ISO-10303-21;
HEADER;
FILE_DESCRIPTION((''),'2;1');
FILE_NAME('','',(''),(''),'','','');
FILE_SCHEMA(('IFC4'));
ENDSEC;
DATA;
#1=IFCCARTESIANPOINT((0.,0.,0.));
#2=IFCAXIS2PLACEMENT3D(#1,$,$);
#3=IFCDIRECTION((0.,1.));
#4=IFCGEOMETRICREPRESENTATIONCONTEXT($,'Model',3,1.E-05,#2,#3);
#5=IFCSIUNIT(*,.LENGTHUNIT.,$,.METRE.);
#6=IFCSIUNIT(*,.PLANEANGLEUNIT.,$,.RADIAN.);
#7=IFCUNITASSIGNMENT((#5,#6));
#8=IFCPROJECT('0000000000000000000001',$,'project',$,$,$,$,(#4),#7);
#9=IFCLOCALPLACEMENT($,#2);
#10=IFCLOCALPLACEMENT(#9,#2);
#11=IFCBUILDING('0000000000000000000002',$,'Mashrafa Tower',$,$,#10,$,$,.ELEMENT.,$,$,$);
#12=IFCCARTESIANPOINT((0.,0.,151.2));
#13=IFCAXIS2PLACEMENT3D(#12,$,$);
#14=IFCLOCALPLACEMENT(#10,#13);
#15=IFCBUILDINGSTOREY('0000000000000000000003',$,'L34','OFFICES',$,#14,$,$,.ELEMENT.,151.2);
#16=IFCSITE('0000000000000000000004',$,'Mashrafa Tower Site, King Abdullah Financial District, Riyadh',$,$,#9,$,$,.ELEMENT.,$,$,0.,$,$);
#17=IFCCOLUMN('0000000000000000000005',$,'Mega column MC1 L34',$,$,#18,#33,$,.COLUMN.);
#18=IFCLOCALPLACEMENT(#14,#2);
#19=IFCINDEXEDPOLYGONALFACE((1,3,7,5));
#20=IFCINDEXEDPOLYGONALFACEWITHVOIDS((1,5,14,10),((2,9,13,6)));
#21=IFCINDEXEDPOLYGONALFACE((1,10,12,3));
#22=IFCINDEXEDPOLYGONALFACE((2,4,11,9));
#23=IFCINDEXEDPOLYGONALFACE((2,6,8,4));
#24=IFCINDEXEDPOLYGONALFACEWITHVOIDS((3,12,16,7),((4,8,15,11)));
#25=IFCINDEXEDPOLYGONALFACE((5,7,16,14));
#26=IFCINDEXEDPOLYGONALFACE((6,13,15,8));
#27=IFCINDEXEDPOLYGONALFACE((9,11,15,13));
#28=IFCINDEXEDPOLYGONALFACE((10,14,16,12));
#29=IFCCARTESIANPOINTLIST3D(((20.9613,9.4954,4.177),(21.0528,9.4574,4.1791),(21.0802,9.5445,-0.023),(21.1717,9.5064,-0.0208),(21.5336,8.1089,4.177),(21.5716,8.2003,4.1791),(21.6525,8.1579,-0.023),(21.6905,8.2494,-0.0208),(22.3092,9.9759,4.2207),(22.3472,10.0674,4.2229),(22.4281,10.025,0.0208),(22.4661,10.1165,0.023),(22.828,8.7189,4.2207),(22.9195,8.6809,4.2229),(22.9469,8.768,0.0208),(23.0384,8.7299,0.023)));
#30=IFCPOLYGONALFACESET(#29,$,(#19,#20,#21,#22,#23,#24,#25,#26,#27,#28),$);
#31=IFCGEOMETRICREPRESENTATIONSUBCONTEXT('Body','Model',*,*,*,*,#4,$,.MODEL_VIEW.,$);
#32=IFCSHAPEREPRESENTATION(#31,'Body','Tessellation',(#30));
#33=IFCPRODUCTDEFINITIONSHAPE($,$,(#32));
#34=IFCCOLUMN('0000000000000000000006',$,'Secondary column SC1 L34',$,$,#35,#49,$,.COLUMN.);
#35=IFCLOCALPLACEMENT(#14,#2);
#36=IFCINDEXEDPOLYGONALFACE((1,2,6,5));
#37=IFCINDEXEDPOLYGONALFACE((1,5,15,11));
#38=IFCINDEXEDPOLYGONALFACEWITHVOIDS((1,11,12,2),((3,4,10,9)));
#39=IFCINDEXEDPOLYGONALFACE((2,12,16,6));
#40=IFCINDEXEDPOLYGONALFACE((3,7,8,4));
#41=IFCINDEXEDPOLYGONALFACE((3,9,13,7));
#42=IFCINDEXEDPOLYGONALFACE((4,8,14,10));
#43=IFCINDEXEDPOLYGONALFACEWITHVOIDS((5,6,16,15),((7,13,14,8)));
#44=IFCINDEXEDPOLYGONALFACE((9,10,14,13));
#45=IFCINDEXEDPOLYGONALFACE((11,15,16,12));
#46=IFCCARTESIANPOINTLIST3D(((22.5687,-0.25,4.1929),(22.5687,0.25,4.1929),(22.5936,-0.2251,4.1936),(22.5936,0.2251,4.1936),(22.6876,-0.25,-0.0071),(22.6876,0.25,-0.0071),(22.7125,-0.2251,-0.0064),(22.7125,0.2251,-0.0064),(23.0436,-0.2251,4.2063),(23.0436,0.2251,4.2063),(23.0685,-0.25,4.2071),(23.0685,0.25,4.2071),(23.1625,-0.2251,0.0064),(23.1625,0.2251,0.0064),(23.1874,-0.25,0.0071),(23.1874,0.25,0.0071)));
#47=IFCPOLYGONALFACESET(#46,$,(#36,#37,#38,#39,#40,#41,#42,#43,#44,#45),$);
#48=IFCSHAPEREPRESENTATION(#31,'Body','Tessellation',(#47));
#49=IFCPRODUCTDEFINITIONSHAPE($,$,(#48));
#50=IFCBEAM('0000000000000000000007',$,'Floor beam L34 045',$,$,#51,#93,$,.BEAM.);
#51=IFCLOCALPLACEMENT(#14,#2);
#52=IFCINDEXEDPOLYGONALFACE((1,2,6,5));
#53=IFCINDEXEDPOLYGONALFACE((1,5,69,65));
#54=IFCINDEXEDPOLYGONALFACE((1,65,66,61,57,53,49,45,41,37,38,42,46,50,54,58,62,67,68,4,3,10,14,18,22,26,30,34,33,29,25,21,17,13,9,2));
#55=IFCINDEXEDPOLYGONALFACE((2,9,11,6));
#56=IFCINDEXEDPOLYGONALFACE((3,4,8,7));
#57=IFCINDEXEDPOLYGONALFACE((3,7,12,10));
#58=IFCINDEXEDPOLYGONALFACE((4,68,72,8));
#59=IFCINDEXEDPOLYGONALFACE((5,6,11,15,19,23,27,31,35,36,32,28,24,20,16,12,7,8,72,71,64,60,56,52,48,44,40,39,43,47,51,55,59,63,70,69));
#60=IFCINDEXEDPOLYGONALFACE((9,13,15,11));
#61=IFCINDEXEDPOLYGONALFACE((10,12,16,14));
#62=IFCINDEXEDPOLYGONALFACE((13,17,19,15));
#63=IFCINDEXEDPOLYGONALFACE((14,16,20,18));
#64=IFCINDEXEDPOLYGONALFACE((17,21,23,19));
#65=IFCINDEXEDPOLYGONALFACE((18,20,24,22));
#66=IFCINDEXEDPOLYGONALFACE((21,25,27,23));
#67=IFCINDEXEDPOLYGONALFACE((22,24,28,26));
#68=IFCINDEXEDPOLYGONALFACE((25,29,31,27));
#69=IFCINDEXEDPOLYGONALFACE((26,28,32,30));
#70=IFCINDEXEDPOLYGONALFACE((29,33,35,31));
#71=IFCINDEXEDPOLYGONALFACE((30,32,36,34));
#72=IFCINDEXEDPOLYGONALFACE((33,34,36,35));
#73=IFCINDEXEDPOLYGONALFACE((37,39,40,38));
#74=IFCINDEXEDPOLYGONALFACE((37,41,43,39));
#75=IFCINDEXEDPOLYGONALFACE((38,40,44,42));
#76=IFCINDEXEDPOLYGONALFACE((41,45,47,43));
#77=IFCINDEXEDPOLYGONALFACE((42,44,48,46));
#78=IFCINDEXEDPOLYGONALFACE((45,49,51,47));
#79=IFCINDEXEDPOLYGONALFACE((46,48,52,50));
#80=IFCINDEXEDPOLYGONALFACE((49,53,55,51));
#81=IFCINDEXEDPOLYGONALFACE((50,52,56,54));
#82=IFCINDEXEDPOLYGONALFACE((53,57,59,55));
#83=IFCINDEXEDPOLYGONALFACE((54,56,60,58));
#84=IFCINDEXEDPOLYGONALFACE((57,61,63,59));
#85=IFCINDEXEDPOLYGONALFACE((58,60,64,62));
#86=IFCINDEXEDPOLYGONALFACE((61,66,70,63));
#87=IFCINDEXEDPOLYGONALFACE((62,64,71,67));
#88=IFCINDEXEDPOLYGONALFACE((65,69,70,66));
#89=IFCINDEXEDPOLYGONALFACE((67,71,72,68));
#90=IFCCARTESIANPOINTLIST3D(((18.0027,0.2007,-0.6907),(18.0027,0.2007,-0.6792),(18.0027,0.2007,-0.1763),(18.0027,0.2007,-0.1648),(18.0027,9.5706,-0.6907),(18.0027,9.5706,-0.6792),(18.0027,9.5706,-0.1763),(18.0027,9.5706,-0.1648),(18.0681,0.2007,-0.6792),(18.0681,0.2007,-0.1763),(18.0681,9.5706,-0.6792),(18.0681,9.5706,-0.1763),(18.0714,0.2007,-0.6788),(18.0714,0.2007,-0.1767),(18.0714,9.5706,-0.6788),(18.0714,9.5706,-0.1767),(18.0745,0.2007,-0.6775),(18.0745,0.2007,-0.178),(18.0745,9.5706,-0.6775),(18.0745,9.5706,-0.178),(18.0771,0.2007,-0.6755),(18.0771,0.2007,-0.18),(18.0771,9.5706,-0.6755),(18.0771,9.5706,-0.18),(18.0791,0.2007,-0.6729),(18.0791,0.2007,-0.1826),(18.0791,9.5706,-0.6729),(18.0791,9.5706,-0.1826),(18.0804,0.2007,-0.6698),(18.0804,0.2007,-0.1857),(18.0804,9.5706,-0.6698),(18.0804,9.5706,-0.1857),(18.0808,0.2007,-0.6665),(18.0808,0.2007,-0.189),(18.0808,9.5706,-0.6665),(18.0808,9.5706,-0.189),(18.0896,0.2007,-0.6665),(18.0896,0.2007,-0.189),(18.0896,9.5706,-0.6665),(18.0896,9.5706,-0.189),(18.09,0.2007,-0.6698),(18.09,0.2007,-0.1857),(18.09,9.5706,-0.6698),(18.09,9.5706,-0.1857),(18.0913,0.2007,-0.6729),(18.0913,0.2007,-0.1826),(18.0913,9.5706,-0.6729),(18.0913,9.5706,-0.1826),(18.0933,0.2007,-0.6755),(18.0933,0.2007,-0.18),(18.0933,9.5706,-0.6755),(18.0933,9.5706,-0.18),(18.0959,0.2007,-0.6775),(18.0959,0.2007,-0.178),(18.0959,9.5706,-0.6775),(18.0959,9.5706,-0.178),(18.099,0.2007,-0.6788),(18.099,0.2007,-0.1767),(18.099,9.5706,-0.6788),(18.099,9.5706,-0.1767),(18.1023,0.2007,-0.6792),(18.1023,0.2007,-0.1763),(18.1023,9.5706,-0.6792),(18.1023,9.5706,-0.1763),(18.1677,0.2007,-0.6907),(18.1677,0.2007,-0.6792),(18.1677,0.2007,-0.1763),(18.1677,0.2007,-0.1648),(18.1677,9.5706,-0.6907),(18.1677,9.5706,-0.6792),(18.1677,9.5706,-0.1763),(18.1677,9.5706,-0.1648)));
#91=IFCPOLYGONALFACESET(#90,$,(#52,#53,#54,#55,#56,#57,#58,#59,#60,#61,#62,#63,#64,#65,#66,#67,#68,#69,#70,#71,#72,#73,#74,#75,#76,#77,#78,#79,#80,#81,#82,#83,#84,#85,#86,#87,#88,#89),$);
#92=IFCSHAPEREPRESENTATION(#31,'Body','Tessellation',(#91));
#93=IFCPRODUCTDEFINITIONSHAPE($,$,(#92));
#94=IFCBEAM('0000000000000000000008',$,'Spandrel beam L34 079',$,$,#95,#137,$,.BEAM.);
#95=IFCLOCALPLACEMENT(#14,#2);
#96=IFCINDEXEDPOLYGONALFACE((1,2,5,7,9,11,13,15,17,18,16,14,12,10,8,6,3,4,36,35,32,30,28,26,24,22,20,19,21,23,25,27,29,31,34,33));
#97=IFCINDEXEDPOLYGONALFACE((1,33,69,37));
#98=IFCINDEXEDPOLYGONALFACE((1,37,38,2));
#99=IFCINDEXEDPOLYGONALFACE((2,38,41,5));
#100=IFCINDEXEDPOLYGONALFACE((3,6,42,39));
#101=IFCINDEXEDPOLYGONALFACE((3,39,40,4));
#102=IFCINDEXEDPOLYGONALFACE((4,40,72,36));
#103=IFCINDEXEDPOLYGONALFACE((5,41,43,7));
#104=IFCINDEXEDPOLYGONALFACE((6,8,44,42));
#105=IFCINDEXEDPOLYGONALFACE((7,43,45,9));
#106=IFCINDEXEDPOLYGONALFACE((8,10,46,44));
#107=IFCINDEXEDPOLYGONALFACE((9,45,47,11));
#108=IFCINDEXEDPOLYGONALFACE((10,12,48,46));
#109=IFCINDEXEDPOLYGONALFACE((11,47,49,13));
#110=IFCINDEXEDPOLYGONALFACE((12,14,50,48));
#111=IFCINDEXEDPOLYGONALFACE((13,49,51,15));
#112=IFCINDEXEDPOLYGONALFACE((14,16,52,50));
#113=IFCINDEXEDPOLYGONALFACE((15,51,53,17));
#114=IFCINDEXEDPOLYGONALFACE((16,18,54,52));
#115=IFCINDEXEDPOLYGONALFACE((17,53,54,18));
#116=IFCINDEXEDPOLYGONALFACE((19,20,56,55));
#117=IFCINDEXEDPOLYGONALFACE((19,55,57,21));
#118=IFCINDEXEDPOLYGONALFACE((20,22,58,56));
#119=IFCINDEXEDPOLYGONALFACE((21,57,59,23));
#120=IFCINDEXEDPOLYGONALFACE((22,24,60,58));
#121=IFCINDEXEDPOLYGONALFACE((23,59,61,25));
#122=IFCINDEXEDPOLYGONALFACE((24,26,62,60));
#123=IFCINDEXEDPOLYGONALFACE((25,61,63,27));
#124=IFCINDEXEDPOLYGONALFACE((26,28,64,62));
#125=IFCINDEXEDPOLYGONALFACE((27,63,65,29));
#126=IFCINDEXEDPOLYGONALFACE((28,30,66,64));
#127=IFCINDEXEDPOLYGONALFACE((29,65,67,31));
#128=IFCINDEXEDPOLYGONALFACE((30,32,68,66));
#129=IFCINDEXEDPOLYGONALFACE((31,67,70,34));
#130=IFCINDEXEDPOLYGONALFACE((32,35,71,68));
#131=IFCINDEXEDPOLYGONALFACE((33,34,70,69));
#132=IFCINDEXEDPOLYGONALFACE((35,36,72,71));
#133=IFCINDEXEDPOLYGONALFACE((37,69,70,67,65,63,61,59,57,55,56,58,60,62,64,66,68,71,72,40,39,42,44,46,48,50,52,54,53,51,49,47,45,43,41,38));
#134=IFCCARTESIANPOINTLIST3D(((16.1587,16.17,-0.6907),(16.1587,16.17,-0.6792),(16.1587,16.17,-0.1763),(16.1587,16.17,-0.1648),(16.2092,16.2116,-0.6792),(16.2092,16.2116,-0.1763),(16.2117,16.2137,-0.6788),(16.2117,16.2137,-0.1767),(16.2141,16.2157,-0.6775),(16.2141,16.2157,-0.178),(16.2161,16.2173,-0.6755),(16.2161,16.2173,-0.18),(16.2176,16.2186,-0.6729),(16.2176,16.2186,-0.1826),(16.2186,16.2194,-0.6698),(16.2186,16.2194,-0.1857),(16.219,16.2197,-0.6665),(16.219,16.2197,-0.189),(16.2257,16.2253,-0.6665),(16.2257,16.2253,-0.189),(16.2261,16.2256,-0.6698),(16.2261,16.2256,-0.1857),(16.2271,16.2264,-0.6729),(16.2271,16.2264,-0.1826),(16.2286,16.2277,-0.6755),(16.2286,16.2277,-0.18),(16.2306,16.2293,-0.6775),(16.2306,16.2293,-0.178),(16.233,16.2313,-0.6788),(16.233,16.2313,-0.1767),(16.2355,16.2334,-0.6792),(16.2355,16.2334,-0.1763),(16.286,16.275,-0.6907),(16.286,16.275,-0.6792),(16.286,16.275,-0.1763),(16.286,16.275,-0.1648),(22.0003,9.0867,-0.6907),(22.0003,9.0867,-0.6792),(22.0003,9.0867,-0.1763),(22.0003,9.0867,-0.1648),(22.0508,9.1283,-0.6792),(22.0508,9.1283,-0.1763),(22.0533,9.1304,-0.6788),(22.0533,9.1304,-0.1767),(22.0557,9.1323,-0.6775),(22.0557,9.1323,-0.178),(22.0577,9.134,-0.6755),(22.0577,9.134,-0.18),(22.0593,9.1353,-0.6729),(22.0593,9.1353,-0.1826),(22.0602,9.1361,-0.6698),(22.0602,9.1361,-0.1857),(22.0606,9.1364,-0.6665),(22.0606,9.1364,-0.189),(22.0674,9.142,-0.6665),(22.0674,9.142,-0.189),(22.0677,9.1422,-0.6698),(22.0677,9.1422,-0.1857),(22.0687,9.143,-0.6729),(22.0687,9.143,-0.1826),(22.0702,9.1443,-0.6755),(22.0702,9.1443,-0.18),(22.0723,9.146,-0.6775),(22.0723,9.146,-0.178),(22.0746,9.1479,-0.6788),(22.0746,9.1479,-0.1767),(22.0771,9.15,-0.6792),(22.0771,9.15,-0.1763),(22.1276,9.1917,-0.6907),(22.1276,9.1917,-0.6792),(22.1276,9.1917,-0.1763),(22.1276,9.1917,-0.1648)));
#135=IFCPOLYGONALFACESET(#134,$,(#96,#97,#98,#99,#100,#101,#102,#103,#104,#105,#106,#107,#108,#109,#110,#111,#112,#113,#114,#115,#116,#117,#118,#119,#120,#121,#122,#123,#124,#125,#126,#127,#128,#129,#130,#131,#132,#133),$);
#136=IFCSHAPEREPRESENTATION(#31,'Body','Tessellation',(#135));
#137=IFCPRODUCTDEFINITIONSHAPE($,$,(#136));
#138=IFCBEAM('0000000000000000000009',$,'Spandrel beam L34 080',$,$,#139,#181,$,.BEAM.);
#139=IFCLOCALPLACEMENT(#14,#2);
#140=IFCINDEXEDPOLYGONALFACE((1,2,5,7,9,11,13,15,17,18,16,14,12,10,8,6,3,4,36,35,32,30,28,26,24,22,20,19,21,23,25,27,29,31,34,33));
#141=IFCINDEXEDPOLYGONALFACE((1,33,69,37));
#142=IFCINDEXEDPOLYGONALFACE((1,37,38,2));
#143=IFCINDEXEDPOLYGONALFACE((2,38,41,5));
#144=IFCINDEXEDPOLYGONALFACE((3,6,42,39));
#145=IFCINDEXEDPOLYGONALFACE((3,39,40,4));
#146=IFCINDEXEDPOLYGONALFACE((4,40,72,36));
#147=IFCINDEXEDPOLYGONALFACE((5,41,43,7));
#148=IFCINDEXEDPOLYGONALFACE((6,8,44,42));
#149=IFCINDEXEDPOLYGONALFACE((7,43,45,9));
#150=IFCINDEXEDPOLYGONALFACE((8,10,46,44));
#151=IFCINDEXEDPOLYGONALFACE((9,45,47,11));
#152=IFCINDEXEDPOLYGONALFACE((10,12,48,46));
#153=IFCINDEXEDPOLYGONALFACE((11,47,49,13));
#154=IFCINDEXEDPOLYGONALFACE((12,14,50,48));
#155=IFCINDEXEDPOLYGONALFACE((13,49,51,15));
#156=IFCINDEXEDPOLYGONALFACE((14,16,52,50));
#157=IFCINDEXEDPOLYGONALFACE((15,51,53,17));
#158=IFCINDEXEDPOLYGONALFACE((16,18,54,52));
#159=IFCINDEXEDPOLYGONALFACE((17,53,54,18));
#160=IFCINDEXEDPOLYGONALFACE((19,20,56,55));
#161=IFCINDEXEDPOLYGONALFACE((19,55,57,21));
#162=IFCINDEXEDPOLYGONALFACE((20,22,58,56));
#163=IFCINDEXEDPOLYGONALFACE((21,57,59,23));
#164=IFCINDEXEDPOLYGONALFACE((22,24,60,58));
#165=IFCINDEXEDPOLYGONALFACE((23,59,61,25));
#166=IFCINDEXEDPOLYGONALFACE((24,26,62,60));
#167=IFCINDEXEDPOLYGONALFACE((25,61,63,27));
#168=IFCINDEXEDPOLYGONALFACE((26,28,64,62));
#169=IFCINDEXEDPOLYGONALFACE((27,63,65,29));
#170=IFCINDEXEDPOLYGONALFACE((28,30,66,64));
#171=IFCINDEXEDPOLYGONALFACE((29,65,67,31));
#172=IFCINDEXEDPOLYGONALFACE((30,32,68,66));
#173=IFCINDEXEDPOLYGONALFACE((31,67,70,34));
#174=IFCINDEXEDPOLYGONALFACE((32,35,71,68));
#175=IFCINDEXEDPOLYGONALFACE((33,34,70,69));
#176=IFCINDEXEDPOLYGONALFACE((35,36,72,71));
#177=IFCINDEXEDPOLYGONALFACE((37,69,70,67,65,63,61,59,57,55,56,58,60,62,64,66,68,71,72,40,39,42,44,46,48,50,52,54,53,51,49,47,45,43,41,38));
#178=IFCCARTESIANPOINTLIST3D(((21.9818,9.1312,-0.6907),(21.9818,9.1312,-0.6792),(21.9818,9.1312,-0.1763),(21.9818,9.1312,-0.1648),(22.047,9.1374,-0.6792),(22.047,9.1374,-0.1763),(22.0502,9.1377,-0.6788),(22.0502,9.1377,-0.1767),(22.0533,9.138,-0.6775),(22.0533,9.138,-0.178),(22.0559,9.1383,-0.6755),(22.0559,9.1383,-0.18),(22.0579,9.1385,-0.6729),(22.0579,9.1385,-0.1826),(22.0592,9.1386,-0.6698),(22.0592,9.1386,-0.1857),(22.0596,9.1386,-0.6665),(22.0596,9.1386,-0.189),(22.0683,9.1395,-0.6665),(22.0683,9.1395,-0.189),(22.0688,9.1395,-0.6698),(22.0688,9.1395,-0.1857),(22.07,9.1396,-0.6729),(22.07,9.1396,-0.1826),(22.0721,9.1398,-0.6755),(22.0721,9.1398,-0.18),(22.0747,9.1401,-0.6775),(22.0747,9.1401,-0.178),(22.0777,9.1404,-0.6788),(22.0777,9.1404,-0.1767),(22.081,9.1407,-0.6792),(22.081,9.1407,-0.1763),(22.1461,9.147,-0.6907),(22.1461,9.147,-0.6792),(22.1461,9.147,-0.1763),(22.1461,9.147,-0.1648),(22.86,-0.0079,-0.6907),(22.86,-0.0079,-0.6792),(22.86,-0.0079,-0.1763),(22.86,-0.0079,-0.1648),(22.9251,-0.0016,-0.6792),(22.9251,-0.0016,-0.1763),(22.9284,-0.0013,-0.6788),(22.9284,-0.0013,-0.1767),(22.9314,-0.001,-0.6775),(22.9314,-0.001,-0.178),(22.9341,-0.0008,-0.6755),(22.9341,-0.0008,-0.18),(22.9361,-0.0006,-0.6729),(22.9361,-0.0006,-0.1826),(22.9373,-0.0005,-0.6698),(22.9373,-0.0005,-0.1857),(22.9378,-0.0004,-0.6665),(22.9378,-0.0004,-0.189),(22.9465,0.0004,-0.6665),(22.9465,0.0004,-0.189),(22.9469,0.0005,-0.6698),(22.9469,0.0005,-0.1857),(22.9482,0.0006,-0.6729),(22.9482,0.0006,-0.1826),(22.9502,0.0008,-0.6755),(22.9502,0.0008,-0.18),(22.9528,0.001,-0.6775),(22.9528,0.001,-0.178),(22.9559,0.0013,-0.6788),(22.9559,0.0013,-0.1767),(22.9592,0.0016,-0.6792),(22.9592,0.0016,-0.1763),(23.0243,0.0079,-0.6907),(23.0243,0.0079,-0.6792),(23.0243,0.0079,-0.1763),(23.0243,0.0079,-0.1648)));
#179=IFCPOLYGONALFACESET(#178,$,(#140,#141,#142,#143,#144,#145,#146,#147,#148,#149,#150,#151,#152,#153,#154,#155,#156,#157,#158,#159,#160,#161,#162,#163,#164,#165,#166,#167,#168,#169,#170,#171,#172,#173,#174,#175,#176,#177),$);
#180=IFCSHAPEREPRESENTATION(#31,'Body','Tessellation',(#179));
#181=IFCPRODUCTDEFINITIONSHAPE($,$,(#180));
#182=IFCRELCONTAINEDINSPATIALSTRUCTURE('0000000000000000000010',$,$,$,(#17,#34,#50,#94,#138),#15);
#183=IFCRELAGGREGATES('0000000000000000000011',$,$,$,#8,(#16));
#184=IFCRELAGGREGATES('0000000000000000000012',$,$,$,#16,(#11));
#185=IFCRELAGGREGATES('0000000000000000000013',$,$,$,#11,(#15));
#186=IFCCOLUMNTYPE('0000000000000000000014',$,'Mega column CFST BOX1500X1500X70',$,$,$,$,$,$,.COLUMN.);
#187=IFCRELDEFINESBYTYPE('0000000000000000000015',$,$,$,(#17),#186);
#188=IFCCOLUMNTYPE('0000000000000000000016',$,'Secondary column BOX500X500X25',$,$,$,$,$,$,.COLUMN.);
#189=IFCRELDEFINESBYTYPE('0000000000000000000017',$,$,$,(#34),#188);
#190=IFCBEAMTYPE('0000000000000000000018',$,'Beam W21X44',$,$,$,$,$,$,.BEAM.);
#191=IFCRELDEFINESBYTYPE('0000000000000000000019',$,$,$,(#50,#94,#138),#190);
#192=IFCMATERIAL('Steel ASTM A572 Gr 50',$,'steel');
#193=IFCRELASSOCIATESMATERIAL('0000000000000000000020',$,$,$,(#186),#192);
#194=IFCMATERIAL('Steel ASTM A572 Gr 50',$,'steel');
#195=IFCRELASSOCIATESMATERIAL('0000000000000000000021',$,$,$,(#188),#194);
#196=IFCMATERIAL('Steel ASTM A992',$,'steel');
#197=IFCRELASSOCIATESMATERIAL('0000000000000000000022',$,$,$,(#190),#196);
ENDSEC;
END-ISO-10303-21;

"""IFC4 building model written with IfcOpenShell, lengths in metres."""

from ifc_helpers import new_model, si_unit, direction, frame, origin, origin_2d, place, context, subcontext, project, spatial, hollow_rectangle, i_section, extrude, material, material_profile, profile_set, type_object, element, save


model = new_model("IFC4")

# Units and contexts
model_context = context("Model", 3, precision=1e-05, world=origin(), true_north=direction((0.0, 1.0)))
body_context = subcontext(model_context, "Body", "Model", "MODEL_VIEW")
ifc_project = project(units=[si_unit("LENGTHUNIT", "METRE"), si_unit("PLANEANGLEUNIT", "RADIAN")], contexts=[model_context])

# Site, building, storey
site_placement = place(None, origin())
site = spatial("IfcSite", under=ifc_project, at=site_placement, Name="Mashrafa Tower Site, King Abdullah Financial District, Riyadh", CompositionType="ELEMENT", RefElevation=0.0)
building_placement = place(site_placement, origin())
building = spatial("IfcBuilding", under=site, at=building_placement, Name="Mashrafa Tower", CompositionType="ELEMENT")
storey_placement = place(building_placement, frame((0.0, 0.0, 151.2)))
storey = spatial("IfcBuildingStorey", under=building, at=storey_placement, Name="L34", Description="OFFICES", CompositionType="ELEMENT", Elevation=151.2)

# Columns
ifc_material_1 = material(Name="Steel ASTM A572 Gr 50", Category="steel")
ifc_material_profile_1 = material_profile(ifc_material_1, hollow_rectangle(XDim=1.5, YDim=1.5, WallThickness=0.0701, at=origin_2d()), Name="BOX1500X1500X70")
ifc_profile_set_1 = profile_set([ifc_material_profile_1], Name="Steel ASTM A572 Gr 50")
column_type_1 = type_object("IfcColumnType", Name="Mega column CFST BOX1500X1500X70", PredefinedType="COLUMN", material=ifc_profile_set_1)
column_1_placement = place(storey_placement, frame((22.0593, 9.1372, 0.0), z_axis=(-0.028296, -0.011679, 0.999531), x_axis=(0.381513, -0.924363, 0.0)))
element("IfcColumn", 1, at=column_1_placement, inside=storey, type_object=column_type_1, Name="Mega column MC1 L34", PredefinedType="COLUMN", context=body_context, shape_type="SweptSolid", body=[
    extrude(hollow_rectangle(XDim=1.5, YDim=1.5, WallThickness=0.0701, at=origin_2d()), origin(), (0.0, 0.0, 1.0), 4.2019),
])
ifc_material_2 = material(Name="Steel ASTM A572 Gr 50", Category="steel")
ifc_material_profile_2 = material_profile(ifc_material_2, hollow_rectangle(XDim=0.5, YDim=0.5, WallThickness=0.0249, at=origin_2d()), Name="BOX500X500X25")
ifc_profile_set_2 = profile_set([ifc_material_profile_2], Name="Steel ASTM A572 Gr 50")
column_type_2 = type_object("IfcColumnType", Name="Secondary column BOX500X500X25", PredefinedType="COLUMN", material=ifc_profile_set_2)
column_2_placement = place(storey_placement, frame((22.9375, 0.0, 0.0), z_axis=(-0.028298, 0.0, 0.9996), x_axis=(0.0, -1.0, 0.0)))
element("IfcColumn", 2, at=column_2_placement, inside=storey, type_object=column_type_2, Name="Secondary column SC1 L34", PredefinedType="COLUMN", context=body_context, shape_type="SweptSolid", body=[
    extrude(hollow_rectangle(XDim=0.5, YDim=0.5, WallThickness=0.0249, at=origin_2d()), origin(), (0.0, 0.0, 1.0), 4.2017),
])

# Beams
ifc_material_3 = material(Name="Steel ASTM A992", Category="steel")
ifc_material_profile_3 = material_profile(ifc_material_3, i_section(OverallWidth=0.165, OverallDepth=0.5259, WebThickness=0.0088, FlangeThickness=0.0115, FilletRadius=0.0127, at=origin_2d()), Name="W21X44")
ifc_profile_set_3 = profile_set([ifc_material_profile_3], Name="Steel ASTM A992")
beam_type_1 = type_object("IfcBeamType", Name="Beam W21X44", PredefinedType="BEAM", material=ifc_profile_set_3)
beam_1_placement = place(storey_placement, frame((18.0852, 9.5706, -0.4277), z_axis=(0.0, -1.0, 0.0), x_axis=(1.0, 0.0, 0.0)))
element("IfcBeam", 3, at=beam_1_placement, inside=storey, type_object=beam_type_1, Name="Floor beam L34 045", PredefinedType="BEAM", context=body_context, shape_type="SweptSolid", body=[
    extrude(i_section(OverallWidth=0.165, OverallDepth=0.5259, WebThickness=0.0088, FlangeThickness=0.0115, FilletRadius=0.0127, at=origin_2d()), origin(), (0.0, 0.0, 1.0), 9.3699),
])
beam_2_placement = place(storey_placement, frame((22.064, 9.1392, -0.4277), z_axis=(-0.636245, 0.771487, 0.0), x_axis=(-0.771487, -0.636245, 0.0)))
element("IfcBeam", 4, at=beam_2_placement, inside=storey, type_object=beam_type_1, Name="Spandrel beam L34 079", PredefinedType="BEAM", context=body_context, shape_type="SweptSolid", body=[
    extrude(i_section(OverallWidth=0.165, OverallDepth=0.5259, WebThickness=0.0088, FlangeThickness=0.0115, FilletRadius=0.0127, at=origin_2d()), origin(), (0.0, 0.0, 1.0), 9.1814),
])
beam_3_placement = place(storey_placement, frame((22.9421, 0.0, -0.4277), z_axis=(-0.095649, 0.995415, 0.0), x_axis=(-0.995415, -0.095649, 0.0)))
element("IfcBeam", 5, at=beam_3_placement, inside=storey, type_object=beam_type_1, Name="Spandrel beam L34 080", PredefinedType="BEAM", context=body_context, shape_type="SweptSolid", body=[
    extrude(i_section(OverallWidth=0.165, OverallDepth=0.5259, WebThickness=0.0088, FlangeThickness=0.0115, FilletRadius=0.0127, at=origin_2d()), origin(), (0.0, 0.0, 1.0), 9.1812),
])

save(model, "model.ifc")
